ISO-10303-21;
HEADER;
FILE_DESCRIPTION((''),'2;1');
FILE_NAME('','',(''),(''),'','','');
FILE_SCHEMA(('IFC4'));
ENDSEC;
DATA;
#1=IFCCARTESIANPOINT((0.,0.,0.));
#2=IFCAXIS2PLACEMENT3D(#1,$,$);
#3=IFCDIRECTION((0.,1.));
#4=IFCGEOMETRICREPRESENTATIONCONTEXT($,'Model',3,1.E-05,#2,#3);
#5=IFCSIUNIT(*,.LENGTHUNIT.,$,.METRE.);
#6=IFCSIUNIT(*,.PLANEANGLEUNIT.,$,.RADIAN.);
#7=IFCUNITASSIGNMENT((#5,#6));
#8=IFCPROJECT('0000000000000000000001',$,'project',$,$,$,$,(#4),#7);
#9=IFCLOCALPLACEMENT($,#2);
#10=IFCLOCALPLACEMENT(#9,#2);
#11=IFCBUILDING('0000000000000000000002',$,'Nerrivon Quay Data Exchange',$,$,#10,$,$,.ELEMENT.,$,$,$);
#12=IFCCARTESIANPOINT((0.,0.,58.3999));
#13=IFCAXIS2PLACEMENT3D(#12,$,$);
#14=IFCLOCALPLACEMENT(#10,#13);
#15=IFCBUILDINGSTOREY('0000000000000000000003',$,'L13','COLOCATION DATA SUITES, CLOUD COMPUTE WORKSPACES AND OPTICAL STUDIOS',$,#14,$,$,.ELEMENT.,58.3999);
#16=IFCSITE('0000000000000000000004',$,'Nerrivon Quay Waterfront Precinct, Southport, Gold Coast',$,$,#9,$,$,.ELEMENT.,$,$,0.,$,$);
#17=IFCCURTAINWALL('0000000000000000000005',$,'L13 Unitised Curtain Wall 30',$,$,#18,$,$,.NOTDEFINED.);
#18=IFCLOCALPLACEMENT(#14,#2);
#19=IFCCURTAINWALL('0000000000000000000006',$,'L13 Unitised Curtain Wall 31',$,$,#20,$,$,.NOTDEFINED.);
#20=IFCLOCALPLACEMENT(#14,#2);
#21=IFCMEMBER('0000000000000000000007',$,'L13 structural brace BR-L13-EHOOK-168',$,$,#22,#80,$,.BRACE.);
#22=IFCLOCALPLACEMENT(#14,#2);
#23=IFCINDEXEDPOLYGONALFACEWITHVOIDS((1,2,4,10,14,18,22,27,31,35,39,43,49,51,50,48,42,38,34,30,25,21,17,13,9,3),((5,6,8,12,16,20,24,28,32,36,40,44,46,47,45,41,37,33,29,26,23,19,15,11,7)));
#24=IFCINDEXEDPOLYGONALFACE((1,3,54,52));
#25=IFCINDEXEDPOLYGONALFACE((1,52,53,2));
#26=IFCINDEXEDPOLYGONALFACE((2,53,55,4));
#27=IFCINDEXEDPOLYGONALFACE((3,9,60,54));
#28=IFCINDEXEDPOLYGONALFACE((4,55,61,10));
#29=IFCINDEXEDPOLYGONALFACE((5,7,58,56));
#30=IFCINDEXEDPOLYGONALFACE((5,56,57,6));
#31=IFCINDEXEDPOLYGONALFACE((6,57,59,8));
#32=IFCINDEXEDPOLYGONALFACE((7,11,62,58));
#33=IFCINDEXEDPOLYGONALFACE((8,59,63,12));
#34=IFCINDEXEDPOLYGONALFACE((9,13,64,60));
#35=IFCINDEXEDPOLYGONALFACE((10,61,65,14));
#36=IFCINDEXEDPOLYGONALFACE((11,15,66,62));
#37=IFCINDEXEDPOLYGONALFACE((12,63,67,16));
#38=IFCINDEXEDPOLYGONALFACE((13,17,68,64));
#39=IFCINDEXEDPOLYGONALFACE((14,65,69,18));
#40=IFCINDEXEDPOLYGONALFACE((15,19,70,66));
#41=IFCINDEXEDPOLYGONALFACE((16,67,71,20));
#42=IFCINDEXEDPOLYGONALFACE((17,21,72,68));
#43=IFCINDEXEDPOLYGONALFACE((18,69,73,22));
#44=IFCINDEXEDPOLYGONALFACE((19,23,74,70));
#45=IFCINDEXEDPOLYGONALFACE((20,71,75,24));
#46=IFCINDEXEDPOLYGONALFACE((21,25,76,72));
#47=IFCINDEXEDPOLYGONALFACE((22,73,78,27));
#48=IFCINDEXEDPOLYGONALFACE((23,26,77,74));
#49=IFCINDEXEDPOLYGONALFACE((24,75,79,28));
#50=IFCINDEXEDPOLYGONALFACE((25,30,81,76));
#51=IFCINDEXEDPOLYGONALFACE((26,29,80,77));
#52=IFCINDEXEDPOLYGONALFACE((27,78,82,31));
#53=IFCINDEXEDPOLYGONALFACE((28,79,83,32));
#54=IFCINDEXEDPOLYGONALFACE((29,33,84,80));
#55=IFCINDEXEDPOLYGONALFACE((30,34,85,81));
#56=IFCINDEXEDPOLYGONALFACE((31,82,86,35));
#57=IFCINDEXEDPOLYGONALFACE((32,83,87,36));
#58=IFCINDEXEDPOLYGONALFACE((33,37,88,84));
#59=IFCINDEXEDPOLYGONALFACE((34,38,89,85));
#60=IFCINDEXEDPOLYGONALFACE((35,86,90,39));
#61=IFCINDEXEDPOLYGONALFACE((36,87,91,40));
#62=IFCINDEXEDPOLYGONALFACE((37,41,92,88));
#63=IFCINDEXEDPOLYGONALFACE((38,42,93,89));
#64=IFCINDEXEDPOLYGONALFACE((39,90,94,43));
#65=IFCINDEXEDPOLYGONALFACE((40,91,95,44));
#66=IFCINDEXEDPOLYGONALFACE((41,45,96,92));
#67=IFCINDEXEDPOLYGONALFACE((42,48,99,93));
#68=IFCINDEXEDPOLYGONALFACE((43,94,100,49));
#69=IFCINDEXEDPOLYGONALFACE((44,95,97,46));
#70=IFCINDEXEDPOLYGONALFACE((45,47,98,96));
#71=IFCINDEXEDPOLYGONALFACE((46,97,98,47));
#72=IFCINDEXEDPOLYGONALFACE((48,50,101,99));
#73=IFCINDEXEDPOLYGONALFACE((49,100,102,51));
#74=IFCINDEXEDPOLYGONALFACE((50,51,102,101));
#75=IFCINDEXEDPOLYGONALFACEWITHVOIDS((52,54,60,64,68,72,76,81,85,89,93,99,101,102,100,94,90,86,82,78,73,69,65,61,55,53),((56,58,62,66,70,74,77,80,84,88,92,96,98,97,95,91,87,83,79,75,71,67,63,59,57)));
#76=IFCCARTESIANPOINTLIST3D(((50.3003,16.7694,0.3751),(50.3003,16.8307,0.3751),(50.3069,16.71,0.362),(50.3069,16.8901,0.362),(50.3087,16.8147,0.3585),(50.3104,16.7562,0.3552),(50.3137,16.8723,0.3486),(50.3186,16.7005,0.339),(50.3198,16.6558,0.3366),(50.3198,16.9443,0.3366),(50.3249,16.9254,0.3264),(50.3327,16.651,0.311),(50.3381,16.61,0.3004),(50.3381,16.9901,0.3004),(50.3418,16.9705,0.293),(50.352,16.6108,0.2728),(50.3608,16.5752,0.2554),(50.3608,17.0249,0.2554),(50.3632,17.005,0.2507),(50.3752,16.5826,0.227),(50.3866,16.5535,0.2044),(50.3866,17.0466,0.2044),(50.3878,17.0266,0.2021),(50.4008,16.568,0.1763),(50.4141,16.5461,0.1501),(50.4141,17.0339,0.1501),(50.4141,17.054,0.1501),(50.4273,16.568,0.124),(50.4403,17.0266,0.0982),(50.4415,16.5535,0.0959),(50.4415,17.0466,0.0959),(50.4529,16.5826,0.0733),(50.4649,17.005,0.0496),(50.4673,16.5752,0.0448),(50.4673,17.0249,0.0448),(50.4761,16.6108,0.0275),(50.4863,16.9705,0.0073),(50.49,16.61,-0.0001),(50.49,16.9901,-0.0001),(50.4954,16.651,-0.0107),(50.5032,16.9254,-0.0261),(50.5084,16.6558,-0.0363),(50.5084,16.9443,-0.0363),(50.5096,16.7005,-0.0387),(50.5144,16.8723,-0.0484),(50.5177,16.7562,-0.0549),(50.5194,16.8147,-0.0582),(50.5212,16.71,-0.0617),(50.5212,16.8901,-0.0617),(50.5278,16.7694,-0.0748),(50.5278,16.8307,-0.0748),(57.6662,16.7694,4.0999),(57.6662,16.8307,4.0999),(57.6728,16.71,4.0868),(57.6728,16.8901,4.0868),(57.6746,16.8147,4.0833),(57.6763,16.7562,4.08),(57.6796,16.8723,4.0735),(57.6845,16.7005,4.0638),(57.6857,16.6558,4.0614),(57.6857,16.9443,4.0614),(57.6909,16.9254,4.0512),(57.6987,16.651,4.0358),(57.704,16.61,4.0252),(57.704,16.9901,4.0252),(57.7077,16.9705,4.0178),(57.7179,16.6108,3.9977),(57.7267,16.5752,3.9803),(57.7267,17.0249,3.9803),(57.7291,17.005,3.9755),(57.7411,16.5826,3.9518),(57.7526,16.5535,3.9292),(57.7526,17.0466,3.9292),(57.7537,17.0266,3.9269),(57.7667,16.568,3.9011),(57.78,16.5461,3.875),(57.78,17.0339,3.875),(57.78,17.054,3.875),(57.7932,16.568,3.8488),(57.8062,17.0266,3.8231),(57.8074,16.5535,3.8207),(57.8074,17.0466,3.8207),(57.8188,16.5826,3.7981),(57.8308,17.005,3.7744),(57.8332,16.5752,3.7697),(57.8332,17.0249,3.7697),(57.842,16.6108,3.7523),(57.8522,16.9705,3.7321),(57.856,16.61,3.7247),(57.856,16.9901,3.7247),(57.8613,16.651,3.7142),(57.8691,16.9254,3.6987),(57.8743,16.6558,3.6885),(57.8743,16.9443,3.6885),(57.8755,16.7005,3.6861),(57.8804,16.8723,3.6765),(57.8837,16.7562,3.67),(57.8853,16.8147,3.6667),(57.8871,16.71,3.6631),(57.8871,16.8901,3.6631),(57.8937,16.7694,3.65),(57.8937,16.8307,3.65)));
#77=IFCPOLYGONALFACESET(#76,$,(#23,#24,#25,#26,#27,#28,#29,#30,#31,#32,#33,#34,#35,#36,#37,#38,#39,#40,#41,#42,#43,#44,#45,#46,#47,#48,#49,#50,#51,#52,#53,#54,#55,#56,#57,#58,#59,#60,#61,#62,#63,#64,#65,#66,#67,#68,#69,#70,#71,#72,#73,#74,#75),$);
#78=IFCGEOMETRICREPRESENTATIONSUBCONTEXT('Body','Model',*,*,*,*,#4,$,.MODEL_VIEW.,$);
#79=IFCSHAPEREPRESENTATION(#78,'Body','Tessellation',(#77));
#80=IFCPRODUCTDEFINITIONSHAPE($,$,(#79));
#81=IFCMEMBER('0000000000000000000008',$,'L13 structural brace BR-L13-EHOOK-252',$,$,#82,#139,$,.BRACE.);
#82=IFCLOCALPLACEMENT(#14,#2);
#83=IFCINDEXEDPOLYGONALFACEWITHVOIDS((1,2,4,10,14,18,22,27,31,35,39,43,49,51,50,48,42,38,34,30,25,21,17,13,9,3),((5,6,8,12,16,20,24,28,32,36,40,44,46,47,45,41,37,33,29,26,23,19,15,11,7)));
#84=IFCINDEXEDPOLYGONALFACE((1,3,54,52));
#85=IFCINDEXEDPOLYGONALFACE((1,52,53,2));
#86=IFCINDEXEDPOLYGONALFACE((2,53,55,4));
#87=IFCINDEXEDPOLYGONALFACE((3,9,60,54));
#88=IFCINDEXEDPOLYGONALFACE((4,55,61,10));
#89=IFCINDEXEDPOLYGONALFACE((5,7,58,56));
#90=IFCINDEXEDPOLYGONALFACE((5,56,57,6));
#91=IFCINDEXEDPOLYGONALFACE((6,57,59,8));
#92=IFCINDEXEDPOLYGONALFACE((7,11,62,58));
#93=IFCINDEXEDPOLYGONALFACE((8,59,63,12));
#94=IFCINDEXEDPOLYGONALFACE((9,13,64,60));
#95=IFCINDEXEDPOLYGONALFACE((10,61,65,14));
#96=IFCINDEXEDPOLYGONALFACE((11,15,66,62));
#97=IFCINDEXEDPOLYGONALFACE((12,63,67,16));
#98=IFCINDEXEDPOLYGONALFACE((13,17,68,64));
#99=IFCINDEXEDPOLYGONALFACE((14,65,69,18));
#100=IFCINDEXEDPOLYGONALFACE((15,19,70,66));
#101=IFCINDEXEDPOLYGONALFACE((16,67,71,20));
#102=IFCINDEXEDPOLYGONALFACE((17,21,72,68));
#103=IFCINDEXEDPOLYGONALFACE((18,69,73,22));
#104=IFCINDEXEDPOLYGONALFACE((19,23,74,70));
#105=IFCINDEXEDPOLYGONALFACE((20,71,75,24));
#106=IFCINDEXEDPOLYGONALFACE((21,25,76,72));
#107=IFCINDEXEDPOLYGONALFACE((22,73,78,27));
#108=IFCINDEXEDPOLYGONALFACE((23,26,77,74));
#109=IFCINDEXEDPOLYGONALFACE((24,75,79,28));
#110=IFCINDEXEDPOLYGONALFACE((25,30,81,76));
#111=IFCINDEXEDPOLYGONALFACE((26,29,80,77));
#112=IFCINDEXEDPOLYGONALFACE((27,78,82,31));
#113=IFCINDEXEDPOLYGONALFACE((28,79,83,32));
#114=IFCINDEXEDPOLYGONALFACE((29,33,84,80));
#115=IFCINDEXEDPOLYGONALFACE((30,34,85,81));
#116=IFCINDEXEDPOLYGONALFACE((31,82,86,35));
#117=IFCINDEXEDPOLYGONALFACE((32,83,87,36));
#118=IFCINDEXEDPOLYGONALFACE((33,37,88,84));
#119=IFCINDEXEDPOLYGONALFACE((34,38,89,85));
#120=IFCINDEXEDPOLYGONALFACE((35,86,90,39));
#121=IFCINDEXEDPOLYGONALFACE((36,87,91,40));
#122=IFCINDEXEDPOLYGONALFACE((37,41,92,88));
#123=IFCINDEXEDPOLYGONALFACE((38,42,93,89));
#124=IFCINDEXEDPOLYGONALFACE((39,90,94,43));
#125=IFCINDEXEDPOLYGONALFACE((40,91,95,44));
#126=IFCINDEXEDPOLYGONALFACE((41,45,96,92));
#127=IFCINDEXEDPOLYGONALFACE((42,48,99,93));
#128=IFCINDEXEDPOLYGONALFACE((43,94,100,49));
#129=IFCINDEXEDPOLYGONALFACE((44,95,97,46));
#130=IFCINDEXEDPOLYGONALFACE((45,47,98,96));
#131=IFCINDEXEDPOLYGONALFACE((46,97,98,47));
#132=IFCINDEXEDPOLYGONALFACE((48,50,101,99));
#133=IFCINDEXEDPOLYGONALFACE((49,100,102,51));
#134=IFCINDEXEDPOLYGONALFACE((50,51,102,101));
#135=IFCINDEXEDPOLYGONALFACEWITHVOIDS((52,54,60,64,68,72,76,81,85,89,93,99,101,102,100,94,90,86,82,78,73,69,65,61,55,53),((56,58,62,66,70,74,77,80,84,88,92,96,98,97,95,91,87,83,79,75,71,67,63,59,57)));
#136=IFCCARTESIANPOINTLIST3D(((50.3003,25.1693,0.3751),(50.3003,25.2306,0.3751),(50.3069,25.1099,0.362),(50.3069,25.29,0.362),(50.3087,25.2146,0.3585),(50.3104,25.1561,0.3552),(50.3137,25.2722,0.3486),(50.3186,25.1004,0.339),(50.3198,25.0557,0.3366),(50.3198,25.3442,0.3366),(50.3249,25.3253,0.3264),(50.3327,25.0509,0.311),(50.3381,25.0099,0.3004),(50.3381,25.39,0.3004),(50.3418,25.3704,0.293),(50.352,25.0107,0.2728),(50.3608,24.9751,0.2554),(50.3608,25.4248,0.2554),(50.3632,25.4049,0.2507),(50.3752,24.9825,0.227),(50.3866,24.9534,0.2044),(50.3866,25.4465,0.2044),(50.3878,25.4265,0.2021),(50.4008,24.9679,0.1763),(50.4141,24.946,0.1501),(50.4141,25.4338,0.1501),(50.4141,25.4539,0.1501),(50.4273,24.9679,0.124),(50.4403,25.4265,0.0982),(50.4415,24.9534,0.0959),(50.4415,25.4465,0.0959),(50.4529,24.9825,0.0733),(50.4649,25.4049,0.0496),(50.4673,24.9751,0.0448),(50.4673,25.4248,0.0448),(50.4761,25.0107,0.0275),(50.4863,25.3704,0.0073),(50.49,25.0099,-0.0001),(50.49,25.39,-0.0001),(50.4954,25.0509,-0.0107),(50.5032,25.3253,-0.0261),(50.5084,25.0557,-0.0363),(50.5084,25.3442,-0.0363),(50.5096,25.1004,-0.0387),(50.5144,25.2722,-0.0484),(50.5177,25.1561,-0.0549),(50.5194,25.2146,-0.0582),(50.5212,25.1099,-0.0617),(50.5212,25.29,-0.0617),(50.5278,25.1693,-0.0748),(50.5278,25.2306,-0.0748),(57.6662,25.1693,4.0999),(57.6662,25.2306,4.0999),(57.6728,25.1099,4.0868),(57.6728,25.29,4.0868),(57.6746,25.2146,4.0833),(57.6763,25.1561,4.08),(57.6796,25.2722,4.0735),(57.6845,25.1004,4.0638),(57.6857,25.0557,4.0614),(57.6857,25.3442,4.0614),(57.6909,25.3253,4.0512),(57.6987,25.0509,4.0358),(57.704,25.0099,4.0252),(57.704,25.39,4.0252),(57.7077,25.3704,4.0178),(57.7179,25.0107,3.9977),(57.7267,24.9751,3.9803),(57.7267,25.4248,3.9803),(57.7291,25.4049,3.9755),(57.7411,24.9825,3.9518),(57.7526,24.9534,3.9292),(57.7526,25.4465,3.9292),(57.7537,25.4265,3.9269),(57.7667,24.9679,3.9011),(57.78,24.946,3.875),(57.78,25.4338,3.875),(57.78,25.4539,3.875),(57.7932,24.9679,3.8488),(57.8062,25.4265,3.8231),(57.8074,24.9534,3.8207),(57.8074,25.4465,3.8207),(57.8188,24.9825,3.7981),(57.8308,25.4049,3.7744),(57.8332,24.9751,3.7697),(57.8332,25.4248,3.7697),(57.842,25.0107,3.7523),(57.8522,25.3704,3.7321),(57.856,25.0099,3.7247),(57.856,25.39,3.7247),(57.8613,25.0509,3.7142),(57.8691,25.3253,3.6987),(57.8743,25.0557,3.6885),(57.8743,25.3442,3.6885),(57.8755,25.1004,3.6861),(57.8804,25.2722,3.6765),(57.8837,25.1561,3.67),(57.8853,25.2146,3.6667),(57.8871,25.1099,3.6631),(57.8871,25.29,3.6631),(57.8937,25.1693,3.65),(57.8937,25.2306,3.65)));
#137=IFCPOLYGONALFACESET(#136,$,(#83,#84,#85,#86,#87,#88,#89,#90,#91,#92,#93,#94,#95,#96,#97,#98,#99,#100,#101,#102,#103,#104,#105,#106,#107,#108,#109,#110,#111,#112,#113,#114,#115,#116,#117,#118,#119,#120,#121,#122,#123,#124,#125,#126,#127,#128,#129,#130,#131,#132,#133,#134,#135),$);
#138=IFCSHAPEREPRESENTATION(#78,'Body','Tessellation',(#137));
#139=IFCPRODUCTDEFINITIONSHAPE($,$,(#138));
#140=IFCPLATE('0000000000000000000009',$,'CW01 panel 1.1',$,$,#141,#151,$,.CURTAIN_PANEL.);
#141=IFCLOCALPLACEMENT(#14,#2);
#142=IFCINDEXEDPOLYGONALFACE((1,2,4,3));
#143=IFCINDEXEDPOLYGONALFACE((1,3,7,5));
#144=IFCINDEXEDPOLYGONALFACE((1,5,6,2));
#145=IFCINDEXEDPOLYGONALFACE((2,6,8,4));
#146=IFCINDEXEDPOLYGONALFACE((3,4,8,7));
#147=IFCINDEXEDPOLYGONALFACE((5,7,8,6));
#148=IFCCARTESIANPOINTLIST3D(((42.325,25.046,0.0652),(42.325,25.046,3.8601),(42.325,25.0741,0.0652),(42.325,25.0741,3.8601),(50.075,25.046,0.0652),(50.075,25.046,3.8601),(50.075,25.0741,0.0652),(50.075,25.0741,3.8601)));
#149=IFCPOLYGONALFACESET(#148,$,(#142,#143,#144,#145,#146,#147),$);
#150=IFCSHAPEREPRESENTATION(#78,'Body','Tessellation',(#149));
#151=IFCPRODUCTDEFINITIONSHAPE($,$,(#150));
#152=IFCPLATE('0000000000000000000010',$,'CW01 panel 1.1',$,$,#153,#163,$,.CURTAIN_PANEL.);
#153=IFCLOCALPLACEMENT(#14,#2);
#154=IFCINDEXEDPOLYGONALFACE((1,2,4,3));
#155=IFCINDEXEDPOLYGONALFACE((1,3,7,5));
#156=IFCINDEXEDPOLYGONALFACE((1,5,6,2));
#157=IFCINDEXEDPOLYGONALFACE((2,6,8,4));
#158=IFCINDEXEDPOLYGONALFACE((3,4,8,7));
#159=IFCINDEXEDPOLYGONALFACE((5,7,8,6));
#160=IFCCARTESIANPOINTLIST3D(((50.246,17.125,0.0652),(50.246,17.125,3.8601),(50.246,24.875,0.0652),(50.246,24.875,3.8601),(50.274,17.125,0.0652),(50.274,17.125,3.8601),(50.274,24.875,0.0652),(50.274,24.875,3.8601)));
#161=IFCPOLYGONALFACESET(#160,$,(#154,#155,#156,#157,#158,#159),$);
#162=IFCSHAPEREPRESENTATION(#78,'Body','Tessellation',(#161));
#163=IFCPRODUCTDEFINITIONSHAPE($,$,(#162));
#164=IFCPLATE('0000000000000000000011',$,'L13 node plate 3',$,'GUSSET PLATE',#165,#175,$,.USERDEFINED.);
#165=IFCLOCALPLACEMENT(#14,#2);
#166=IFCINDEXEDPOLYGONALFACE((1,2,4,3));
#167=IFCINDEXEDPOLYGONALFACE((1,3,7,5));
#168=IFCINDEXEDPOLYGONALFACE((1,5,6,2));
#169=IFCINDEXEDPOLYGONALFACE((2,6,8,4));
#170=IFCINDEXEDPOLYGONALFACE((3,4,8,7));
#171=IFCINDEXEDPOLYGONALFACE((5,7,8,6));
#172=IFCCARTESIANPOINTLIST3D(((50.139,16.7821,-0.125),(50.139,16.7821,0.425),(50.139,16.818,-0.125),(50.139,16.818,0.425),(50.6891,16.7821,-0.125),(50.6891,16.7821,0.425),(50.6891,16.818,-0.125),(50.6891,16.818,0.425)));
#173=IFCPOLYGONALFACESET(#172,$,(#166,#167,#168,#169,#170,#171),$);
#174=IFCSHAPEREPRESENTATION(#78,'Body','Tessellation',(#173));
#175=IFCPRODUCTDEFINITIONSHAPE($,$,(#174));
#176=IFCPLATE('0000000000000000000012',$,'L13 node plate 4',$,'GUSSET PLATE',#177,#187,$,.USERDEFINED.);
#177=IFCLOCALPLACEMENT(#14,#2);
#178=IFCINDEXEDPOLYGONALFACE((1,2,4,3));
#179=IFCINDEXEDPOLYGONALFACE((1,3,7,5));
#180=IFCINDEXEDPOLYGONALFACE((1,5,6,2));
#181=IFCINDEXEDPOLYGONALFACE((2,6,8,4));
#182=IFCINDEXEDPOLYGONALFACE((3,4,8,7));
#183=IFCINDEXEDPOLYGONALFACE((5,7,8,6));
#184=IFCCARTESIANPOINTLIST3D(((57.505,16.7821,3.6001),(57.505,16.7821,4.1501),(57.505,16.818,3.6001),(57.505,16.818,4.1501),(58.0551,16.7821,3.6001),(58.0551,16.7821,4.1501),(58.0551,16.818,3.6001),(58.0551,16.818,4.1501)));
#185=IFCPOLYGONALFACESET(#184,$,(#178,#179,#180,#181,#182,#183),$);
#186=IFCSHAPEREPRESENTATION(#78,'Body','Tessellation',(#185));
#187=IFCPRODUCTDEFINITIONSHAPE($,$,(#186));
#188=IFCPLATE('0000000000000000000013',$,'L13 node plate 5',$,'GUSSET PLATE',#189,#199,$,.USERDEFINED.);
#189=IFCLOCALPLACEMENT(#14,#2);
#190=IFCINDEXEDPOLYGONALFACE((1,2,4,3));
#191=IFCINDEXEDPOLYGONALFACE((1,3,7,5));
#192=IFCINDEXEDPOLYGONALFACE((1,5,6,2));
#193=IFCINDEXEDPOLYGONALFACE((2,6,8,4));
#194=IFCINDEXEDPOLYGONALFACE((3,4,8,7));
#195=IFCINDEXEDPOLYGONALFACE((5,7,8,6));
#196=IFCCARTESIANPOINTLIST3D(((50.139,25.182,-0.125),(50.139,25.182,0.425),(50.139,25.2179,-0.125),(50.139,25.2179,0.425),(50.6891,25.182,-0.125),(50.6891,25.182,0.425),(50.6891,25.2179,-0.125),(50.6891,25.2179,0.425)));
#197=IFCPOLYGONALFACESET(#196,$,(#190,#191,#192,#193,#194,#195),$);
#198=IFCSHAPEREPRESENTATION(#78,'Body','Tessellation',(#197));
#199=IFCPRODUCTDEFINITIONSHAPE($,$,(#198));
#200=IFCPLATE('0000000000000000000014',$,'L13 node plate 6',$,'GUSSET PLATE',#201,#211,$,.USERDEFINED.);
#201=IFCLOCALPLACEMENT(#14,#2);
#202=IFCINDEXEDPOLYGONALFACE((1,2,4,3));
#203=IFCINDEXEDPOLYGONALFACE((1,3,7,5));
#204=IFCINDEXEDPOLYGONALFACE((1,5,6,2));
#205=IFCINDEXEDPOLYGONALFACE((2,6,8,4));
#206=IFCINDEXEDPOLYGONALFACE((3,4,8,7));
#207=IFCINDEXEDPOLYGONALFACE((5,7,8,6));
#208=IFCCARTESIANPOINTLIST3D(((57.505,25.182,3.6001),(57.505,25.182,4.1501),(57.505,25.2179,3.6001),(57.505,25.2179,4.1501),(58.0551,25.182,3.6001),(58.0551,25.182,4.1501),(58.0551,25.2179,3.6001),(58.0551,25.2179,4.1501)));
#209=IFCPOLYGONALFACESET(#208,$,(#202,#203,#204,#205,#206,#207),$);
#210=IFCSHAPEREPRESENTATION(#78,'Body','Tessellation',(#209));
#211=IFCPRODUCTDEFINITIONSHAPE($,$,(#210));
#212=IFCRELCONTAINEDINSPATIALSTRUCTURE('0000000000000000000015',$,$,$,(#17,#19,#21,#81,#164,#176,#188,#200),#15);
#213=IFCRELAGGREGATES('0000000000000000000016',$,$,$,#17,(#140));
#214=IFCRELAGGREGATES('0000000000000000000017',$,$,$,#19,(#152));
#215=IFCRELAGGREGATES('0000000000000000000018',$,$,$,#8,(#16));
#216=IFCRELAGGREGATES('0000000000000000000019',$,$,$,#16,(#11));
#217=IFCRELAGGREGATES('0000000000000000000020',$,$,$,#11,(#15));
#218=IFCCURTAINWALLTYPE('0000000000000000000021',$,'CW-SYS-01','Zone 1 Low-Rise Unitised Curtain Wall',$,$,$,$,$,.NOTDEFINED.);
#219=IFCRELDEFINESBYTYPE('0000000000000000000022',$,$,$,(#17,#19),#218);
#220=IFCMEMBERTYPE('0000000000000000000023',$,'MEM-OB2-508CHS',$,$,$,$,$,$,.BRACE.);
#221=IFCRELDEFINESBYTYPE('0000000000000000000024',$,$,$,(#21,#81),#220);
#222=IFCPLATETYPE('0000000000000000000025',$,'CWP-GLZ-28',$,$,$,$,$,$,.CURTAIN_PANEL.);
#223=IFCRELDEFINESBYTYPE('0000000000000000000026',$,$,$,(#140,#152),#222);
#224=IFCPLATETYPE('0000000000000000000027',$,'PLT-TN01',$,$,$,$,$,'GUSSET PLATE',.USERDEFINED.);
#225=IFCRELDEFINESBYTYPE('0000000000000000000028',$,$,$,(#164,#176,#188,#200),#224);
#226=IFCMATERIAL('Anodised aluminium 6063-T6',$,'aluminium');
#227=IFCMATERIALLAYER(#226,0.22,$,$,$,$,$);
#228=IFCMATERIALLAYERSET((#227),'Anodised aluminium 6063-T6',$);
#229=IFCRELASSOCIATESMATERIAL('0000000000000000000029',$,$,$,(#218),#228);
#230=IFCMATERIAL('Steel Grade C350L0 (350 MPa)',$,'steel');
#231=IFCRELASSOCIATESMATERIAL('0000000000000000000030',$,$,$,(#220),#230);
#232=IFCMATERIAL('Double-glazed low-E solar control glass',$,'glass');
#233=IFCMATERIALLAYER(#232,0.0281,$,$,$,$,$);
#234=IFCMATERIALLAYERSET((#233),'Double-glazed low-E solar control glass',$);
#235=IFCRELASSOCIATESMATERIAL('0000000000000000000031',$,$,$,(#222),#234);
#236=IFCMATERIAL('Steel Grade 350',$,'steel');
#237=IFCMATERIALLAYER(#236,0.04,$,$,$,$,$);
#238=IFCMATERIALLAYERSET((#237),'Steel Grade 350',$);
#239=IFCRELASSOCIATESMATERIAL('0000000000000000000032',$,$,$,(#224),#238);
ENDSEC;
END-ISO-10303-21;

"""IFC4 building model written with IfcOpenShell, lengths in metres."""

from ifc_helpers import new_model, si_unit, direction, frame, origin, origin_2d, place, context, subcontext, project, spatial, rectangle, hollow_circle, extrude, material, layer, layer_set, material_profile, profile_set, type_object, element, aggregate, save


model = new_model("IFC4")

# Units and contexts
model_context = context("Model", 3, precision=1e-05, world=origin(), true_north=direction((0.0, 1.0)))
body_context = subcontext(model_context, "Body", "Model", "MODEL_VIEW")
ifc_project = project(units=[si_unit("LENGTHUNIT", "METRE"), si_unit("PLANEANGLEUNIT", "RADIAN")], contexts=[model_context])

# Site, building, storey
site_placement = place(None, origin())
site = spatial("IfcSite", under=ifc_project, at=site_placement, Name="Nerrivon Quay Waterfront Precinct, Southport, Gold Coast", CompositionType="ELEMENT", RefElevation=0.0)
building_placement = place(site_placement, origin())
building = spatial("IfcBuilding", under=site, at=building_placement, Name="Nerrivon Quay Data Exchange", CompositionType="ELEMENT")
storey_placement = place(building_placement, frame((0.0, 0.0, 58.3999)))
storey = spatial("IfcBuildingStorey", under=building, at=storey_placement, Name="L13", Description="COLOCATION DATA SUITES, CLOUD COMPUTE WORKSPACES AND OPTICAL STUDIOS", CompositionType="ELEMENT", Elevation=58.3999)

# Shared definitions
ifc_material_1 = material(Name="Steel Grade 350", Category="steel")

# Curtain wall
ifc_material_2 = material(Name="Anodised aluminium 6063-T6", Category="aluminium")
ifc_layer_1 = layer(ifc_material_2, 0.22)
ifc_layer_set_1 = layer_set([ifc_layer_1], Name="Anodised aluminium 6063-T6")
curtain_wall_type = type_object("IfcCurtainWallType", Name="CW-SYS-01", Description="Zone 1 Low-Rise Unitised Curtain Wall", PredefinedType="NOTDEFINED", material=ifc_layer_set_1)
curtain_wall_1_placement = place(storey_placement, origin())
curtain_wall_1 = element("IfcCurtainWall", 1, at=curtain_wall_1_placement, inside=storey, type_object=curtain_wall_type, Name="L13 Unitised Curtain Wall 30", PredefinedType="NOTDEFINED")

# Curtain wall
curtain_wall_2_placement = place(storey_placement, origin())
curtain_wall_2 = element("IfcCurtainWall", 2, at=curtain_wall_2_placement, inside=storey, type_object=curtain_wall_type, Name="L13 Unitised Curtain Wall 31", PredefinedType="NOTDEFINED")

# Members
ifc_material_3 = material(Name="Steel Grade C350L0 (350 MPa)", Category="steel")
ifc_material_profile_1 = material_profile(ifc_material_3, hollow_circle(Radius=0.2539, WallThickness=0.02, at=origin_2d()), Name="508.0x20.0CHS")
ifc_profile_set_1 = profile_set([ifc_material_profile_1], Name="Steel Grade C350L0 (350 MPa)")
member_type_1 = type_object("IfcMemberType", Name="MEM-OB2-508CHS", PredefinedType="BRACE", material=ifc_profile_set_1)
for number, where, z_axis, x_axis, name in (
    (3, (50.4141, 16.8, 0.1501), (0.892389, 0.0, 0.451267), (0.0, 1.0, 0.0), "L13 structural brace BR-L13-EHOOK-168"),
    (4, (50.4141, 25.2, 0.1501), (0.892389, 0.0, 0.451267), (0.0, 1.0, 0.0), "L13 structural brace BR-L13-EHOOK-252"),
):
    element("IfcMember", number, at=place(storey_placement, frame(where, z_axis=z_axis, x_axis=x_axis)), inside=storey, type_object=member_type_1, Name=name, PredefinedType="BRACE", context=body_context, shape_type="SweptSolid", body=[
        extrude(hollow_circle(Radius=0.2539, WallThickness=0.02, at=origin_2d()), origin(), (0.0, 0.0, 1.0), 8.2542),
    ])

# Plates
ifc_material_4 = material(Name="Double-glazed low-E solar control glass", Category="glass")
ifc_layer_2 = layer(ifc_material_4, 0.0281)
ifc_layer_set_2 = layer_set([ifc_layer_2], Name="Double-glazed low-E solar control glass")
plate_type_1 = type_object("IfcPlateType", Name="CWP-GLZ-28", PredefinedType="CURTAIN_PANEL", material=ifc_layer_set_2)
plate_1_placement = place(storey_placement, frame((46.2, 25.0601, 0.0652), z_axis=(0.0, 0.0, 1.0), x_axis=(1.0, 0.0, 0.0)))
plate_1 = element("IfcPlate", 5, at=plate_1_placement, type_object=plate_type_1, Name="CW01 panel 1.1", PredefinedType="CURTAIN_PANEL", context=body_context, shape_type="SweptSolid", body=[
    extrude(rectangle(XDim=7.75, YDim=0.0281, at=origin_2d()), origin(), (0.0, 0.0, 1.0), 3.7949),
])
aggregate(curtain_wall_1, [plate_1])
plate_2_placement = place(storey_placement, frame((50.26, 21.0, 0.0652), z_axis=(0.0, 0.0, 1.0), x_axis=(0.0, -1.0, 0.0)))
plate_2 = element("IfcPlate", 6, at=plate_2_placement, type_object=plate_type_1, Name="CW01 panel 1.1", PredefinedType="CURTAIN_PANEL", context=body_context, shape_type="SweptSolid", body=[
    extrude(rectangle(XDim=7.75, YDim=0.0281, at=origin_2d()), origin(), (0.0, 0.0, 1.0), 3.7949),
])
aggregate(curtain_wall_2, [plate_2])

# Plates
ifc_layer_3 = layer(ifc_material_1, 0.04)
ifc_layer_set_3 = layer_set([ifc_layer_3], Name="Steel Grade 350")
plate_type_2 = type_object("IfcPlateType", Name="PLT-TN01", ElementType="GUSSET PLATE", PredefinedType="USERDEFINED", material=ifc_layer_set_3)
for number, where, z_axis, x_axis, name in (
    (7, (50.4141, 16.8, -0.125), (0.0, 0.0, 1.0), (1.0, 0.0, 0.0), "L13 node plate 3"),
    (8, (57.78, 16.8, 3.6001), (0.0, 0.0, 1.0), (1.0, 0.0, 0.0), "L13 node plate 4"),
    (9, (50.4141, 25.2, -0.125), (0.0, 0.0, 1.0), (1.0, 0.0, 0.0), "L13 node plate 5"),
    (10, (57.78, 25.2, 3.6001), (0.0, 0.0, 1.0), (1.0, 0.0, 0.0), "L13 node plate 6"),
):
    element("IfcPlate", number, at=place(storey_placement, frame(where, z_axis=z_axis, x_axis=x_axis)), inside=storey, type_object=plate_type_2, Name=name, ObjectType="GUSSET PLATE", PredefinedType="USERDEFINED", context=body_context, shape_type="SweptSolid", body=[
        extrude(rectangle(XDim=0.55, YDim=0.0359, at=origin_2d()), origin(), (0.0, 0.0, 1.0), 0.55),
    ])

save(model, "model.ifc")
